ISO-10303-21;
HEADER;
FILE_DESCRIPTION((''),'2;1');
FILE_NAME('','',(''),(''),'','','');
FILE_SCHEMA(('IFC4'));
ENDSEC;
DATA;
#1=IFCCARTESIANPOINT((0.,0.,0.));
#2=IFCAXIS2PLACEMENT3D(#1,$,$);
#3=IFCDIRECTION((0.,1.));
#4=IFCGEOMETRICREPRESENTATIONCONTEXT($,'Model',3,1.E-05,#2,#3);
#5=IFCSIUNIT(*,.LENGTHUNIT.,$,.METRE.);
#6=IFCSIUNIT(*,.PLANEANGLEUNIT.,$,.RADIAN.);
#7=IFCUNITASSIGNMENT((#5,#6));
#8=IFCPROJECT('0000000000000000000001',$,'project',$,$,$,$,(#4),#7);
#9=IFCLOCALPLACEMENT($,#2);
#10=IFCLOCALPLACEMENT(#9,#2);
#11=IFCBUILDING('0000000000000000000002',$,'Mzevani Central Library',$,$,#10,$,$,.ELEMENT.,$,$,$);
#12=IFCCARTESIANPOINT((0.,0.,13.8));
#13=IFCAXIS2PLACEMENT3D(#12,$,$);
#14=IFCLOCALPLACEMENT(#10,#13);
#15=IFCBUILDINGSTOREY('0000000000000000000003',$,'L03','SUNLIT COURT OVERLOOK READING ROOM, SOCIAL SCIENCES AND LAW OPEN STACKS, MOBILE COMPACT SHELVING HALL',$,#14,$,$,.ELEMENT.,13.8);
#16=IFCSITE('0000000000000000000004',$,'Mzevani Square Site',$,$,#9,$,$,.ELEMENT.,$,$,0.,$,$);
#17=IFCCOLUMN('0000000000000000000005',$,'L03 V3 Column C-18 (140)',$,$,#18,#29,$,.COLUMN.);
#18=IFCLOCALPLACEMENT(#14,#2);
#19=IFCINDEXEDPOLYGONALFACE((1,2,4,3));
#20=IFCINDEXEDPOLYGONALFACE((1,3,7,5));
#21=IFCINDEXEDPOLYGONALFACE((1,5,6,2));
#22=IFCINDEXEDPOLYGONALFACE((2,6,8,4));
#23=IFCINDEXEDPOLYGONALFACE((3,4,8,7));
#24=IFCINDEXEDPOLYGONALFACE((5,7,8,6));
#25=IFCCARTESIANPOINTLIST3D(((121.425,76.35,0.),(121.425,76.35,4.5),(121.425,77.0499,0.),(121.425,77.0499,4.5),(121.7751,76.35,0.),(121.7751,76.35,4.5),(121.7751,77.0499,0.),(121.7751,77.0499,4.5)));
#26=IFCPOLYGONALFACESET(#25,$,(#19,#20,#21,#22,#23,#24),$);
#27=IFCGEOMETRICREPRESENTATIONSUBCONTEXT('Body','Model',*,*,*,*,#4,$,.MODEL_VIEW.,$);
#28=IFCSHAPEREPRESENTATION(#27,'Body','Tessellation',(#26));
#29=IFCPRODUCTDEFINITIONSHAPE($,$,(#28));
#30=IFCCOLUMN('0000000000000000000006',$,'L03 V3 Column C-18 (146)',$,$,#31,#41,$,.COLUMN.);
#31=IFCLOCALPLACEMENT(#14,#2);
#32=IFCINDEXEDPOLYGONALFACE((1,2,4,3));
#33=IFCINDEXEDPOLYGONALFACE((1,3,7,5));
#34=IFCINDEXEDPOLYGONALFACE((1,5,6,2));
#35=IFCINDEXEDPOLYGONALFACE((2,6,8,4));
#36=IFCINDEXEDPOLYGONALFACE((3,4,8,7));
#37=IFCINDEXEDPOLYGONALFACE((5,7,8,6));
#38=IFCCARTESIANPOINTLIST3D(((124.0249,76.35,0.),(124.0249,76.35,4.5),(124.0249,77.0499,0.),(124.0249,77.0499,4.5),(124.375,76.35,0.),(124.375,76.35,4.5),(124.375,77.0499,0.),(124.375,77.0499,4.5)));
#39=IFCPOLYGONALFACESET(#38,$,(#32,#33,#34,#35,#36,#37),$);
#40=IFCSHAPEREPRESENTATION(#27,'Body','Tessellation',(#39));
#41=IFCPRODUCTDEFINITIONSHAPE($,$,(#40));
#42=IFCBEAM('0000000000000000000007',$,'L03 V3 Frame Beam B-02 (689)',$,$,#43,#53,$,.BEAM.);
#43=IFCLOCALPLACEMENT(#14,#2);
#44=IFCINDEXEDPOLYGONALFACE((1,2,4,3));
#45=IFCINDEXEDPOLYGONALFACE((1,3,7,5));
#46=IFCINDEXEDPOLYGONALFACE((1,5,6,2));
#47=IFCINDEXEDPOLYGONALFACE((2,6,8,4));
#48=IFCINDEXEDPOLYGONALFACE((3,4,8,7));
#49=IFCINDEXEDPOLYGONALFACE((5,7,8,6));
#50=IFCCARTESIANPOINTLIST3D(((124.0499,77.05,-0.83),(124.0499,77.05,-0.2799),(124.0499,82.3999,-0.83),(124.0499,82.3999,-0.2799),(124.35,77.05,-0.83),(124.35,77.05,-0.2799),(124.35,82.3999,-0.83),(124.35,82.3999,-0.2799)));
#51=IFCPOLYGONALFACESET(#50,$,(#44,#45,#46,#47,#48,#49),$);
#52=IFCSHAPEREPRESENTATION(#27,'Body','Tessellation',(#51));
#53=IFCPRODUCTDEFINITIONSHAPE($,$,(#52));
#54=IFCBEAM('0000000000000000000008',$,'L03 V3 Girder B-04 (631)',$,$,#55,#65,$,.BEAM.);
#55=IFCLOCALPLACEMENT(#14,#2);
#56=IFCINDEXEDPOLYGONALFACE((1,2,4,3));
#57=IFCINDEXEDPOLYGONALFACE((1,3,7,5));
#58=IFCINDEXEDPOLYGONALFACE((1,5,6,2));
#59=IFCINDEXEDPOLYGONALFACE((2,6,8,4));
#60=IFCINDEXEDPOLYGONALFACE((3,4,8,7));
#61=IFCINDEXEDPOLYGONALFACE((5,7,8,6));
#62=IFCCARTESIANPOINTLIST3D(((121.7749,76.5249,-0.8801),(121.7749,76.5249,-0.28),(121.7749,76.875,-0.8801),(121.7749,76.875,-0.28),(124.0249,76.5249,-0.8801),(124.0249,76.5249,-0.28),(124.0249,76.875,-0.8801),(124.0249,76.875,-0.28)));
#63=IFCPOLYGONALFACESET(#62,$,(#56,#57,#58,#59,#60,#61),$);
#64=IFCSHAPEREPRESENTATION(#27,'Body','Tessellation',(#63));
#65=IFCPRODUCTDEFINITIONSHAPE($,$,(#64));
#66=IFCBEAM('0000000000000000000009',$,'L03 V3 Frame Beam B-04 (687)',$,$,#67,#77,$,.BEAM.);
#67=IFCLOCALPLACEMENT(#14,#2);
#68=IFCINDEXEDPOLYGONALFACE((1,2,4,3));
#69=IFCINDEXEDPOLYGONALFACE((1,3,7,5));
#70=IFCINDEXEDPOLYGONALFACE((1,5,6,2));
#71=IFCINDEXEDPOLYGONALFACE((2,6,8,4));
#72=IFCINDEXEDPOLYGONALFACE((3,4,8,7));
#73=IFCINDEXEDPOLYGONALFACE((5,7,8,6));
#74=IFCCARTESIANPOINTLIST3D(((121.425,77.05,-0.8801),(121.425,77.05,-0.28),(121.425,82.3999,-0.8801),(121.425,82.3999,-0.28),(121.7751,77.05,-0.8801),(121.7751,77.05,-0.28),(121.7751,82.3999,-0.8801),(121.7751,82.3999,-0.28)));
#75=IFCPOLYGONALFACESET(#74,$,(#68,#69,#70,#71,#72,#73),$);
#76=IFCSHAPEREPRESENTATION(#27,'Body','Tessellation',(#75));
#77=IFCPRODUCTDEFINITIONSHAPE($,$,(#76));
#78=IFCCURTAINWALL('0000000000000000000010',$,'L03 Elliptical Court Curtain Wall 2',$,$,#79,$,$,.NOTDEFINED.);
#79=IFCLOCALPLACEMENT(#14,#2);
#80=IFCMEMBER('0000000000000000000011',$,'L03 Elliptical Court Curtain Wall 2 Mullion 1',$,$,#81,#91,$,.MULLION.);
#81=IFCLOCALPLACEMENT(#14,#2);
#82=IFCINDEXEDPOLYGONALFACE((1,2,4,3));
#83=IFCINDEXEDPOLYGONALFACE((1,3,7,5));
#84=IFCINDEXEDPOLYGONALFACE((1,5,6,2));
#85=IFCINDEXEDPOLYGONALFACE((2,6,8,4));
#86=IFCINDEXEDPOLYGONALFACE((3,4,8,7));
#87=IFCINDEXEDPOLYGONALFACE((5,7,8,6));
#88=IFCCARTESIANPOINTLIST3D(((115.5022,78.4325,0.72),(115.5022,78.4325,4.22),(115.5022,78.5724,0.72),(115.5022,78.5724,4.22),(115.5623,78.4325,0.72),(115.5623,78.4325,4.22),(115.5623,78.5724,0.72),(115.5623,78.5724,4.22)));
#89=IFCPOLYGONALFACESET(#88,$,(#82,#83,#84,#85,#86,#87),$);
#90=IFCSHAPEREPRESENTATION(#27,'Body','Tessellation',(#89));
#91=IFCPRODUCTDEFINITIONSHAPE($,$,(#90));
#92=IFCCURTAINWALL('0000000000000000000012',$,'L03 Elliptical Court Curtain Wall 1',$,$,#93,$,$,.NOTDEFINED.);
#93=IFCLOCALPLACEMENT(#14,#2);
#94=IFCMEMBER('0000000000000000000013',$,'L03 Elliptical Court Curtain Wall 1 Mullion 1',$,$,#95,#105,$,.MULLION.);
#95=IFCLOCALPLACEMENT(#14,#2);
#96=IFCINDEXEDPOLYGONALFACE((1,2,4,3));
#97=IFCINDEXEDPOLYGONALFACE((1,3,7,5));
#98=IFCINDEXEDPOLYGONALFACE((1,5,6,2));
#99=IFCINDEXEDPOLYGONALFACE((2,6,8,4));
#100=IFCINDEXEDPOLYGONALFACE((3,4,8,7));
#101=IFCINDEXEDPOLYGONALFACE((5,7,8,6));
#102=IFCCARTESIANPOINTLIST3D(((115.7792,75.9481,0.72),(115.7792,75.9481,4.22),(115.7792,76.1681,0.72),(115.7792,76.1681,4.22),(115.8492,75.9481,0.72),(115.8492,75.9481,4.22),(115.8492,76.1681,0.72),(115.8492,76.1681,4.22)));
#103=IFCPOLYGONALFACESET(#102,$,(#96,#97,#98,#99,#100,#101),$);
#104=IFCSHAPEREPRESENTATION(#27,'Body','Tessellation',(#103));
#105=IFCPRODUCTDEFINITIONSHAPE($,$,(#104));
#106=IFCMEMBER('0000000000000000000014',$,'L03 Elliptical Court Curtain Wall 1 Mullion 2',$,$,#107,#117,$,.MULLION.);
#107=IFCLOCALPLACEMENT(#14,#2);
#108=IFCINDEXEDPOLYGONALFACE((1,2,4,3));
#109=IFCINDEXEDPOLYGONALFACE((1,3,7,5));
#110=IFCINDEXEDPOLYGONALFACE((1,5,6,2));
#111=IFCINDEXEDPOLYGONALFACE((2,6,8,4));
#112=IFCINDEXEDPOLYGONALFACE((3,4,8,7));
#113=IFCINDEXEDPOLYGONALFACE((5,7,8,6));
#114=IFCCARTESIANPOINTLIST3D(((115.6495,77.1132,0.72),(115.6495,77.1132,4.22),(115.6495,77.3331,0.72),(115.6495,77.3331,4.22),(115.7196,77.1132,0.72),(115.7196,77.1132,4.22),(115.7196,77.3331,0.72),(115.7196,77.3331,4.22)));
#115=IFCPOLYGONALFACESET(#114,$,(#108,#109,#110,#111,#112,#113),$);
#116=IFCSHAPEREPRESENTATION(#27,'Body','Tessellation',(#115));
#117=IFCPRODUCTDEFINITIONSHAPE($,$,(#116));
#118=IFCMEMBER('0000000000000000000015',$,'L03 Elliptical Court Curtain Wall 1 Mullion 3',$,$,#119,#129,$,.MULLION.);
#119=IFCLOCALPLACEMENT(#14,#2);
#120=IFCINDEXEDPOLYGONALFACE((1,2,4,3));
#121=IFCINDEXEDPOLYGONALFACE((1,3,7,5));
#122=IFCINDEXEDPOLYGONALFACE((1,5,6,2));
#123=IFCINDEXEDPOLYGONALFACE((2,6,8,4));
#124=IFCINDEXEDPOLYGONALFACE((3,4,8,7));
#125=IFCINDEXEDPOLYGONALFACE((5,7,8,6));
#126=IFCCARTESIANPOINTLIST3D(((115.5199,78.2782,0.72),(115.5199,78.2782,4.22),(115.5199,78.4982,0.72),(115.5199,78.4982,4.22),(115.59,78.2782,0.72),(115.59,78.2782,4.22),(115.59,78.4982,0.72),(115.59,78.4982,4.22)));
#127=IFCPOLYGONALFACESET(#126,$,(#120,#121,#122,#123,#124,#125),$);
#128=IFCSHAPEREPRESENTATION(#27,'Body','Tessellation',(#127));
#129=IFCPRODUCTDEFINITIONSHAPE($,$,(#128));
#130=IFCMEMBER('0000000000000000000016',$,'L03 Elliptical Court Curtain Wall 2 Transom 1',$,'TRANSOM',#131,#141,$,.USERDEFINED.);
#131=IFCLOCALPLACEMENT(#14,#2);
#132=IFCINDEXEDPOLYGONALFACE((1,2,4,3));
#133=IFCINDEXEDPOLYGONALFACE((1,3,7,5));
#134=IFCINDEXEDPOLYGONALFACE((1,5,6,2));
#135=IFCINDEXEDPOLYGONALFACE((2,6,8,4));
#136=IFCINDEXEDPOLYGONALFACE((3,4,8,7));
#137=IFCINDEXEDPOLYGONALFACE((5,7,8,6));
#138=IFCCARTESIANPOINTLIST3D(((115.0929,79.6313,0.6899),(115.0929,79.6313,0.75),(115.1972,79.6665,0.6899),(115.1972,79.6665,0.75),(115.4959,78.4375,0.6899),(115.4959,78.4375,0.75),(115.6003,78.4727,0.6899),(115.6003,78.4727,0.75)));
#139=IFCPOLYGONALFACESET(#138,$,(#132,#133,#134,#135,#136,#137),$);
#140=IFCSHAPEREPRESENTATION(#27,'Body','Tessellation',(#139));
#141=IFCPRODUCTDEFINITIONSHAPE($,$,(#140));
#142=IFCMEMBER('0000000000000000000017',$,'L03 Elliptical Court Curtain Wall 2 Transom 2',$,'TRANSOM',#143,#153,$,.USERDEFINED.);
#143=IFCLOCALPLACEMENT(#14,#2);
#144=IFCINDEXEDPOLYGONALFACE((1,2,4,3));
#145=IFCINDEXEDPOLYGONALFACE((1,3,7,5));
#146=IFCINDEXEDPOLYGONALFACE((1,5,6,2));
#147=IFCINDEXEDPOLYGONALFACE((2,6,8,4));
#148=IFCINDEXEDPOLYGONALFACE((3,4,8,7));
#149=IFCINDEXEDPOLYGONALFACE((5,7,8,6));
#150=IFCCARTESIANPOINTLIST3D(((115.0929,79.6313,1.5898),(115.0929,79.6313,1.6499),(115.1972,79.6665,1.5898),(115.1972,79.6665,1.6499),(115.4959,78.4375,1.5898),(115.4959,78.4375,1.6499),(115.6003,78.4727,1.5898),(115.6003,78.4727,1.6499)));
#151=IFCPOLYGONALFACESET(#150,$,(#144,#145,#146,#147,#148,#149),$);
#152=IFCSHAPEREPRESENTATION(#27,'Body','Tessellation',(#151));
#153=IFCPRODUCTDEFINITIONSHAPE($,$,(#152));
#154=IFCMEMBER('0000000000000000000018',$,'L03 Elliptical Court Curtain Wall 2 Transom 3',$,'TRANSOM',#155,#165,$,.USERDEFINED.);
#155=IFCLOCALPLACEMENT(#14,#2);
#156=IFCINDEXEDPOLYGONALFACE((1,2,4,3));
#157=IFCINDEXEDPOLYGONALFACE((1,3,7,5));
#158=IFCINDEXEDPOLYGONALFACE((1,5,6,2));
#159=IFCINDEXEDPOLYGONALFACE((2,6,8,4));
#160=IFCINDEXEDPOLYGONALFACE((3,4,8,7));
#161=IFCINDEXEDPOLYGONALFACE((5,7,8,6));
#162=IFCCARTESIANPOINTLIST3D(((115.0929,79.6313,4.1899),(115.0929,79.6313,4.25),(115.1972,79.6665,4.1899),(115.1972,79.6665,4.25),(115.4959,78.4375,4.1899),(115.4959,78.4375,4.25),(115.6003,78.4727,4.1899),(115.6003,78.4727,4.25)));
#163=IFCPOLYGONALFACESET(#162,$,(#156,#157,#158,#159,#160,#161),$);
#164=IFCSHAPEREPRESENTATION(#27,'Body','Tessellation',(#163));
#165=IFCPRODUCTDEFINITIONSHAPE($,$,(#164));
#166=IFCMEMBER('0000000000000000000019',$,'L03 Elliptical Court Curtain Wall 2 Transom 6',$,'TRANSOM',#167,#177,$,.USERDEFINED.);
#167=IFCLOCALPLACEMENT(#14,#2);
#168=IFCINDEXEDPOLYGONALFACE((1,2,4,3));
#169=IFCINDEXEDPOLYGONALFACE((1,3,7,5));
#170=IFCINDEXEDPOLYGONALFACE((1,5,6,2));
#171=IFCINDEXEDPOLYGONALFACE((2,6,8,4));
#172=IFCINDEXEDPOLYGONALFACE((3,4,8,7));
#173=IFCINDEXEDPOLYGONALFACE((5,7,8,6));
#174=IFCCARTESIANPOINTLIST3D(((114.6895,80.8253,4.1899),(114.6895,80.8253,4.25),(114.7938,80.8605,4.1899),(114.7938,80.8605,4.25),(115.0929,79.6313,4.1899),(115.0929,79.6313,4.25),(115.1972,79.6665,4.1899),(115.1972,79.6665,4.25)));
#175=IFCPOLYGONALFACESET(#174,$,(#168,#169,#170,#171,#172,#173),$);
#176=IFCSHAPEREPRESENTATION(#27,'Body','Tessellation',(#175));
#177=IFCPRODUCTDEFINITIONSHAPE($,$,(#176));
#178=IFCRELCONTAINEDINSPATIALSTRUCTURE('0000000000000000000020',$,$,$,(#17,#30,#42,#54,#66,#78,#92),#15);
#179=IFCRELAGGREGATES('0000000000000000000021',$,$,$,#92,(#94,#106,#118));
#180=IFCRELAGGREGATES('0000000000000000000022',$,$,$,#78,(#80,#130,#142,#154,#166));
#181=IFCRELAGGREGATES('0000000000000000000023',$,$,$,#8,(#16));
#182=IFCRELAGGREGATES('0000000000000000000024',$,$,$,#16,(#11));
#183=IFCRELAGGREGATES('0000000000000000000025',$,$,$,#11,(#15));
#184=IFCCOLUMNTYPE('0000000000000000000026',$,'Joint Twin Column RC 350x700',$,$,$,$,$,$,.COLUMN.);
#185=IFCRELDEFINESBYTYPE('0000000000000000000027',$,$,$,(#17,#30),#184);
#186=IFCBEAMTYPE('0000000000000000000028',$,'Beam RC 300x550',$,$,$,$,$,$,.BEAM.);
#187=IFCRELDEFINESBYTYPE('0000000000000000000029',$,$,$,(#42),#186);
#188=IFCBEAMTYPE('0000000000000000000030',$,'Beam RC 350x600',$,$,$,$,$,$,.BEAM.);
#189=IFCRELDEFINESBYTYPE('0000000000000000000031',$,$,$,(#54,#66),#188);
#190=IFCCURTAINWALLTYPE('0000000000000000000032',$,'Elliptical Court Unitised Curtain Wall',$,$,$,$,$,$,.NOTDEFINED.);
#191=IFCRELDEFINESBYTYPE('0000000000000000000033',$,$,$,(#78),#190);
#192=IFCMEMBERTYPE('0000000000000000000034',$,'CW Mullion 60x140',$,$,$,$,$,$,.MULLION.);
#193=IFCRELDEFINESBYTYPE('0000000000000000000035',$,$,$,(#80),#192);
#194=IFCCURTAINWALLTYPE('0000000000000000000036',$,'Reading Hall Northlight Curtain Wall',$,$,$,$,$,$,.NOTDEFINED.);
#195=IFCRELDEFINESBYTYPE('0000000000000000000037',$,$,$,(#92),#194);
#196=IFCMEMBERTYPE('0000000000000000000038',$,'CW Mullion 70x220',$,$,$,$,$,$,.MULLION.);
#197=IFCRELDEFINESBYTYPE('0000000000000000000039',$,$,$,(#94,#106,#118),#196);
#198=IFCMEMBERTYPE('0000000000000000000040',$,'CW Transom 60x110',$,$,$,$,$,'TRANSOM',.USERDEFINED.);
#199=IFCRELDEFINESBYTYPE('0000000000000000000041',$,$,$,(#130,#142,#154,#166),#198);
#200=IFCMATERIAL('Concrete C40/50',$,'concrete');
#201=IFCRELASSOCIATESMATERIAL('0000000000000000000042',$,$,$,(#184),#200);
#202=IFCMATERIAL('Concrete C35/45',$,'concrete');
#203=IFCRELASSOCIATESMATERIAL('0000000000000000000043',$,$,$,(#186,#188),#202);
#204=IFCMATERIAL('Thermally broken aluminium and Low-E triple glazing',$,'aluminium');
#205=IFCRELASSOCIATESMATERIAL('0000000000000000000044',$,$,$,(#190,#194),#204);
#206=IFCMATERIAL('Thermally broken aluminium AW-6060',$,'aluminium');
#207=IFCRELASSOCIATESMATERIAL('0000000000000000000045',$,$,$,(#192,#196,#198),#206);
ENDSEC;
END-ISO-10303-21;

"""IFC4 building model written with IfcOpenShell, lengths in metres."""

from ifc_helpers import new_model, si_unit, direction, frame, origin, origin_2d, place, context, subcontext, project, spatial, rectangle, extrude, material, material_profile, profile_set, type_object, element, aggregate, save


model = new_model("IFC4")

# Units and contexts
model_context = context("Model", 3, precision=1e-05, world=origin(), true_north=direction((0.0, 1.0)))
body_context = subcontext(model_context, "Body", "Model", "MODEL_VIEW")
ifc_project = project(units=[si_unit("LENGTHUNIT", "METRE"), si_unit("PLANEANGLEUNIT", "RADIAN")], contexts=[model_context])

# Site, building, storey
site_placement = place(None, origin())
site = spatial("IfcSite", under=ifc_project, at=site_placement, Name="Mzevani Square Site", CompositionType="ELEMENT", RefElevation=0.0)
building_placement = place(site_placement, origin())
building = spatial("IfcBuilding", under=site, at=building_placement, Name="Mzevani Central Library", CompositionType="ELEMENT")
storey_placement = place(building_placement, frame((0.0, 0.0, 13.8)))
storey = spatial("IfcBuildingStorey", under=building, at=storey_placement, Name="L03", Description="SUNLIT COURT OVERLOOK READING ROOM, SOCIAL SCIENCES AND LAW OPEN STACKS, MOBILE COMPACT SHELVING HALL", CompositionType="ELEMENT", Elevation=13.8)

# Columns
ifc_material_1 = material(Name="Concrete C40/50", Category="concrete")
ifc_material_profile_1 = material_profile(ifc_material_1, rectangle(XDim=0.3501, YDim=0.7, at=origin_2d()), Name="RC 350x700")
ifc_profile_set_1 = profile_set([ifc_material_profile_1], Name="Concrete C40/50")
column_type = type_object("IfcColumnType", Name="Joint Twin Column RC 350x700", PredefinedType="COLUMN", material=ifc_profile_set_1)
for number, where, z_axis, x_axis, name in (
    (1, (121.6001, 76.7, 0.0), (0.0, 0.0, 1.0), (1.0, 0.0, 0.0), "L03 V3 Column C-18 (140)"),
    (2, (124.2, 76.7, 0.0), (0.0, 0.0, 1.0), (1.0, 0.0, 0.0), "L03 V3 Column C-18 (146)"),
):
    element("IfcColumn", number, at=place(storey_placement, frame(where, z_axis=z_axis, x_axis=x_axis)), inside=storey, type_object=column_type, Name=name, PredefinedType="COLUMN", context=body_context, shape_type="SweptSolid", body=[
        extrude(rectangle(XDim=0.3501, YDim=0.7, at=origin_2d()), origin(), (0.0, 0.0, 1.0), 4.5),
    ])

# Beams
ifc_material_2 = material(Name="Concrete C35/45", Category="concrete")
ifc_material_profile_2 = material_profile(ifc_material_2, rectangle(XDim=0.3, YDim=0.55, at=origin_2d()), Name="RC B300x550")
ifc_profile_set_2 = profile_set([ifc_material_profile_2], Name="Concrete C35/45")
beam_type_1 = type_object("IfcBeamType", Name="Beam RC 300x550", PredefinedType="BEAM", material=ifc_profile_set_2)
beam_1_placement = place(storey_placement, frame((124.2, 77.05, -0.5549), z_axis=(0.0, 1.0, 0.0), x_axis=(-1.0, 0.0, 0.0)))
element("IfcBeam", 3, at=beam_1_placement, inside=storey, type_object=beam_type_1, Name="L03 V3 Frame Beam B-02 (689)", PredefinedType="BEAM", context=body_context, shape_type="SweptSolid", body=[
    extrude(rectangle(XDim=0.3, YDim=0.55, at=origin_2d()), origin(), (0.0, 0.0, 1.0), 5.3499),
])
ifc_material_profile_3 = material_profile(ifc_material_2, rectangle(XDim=0.3501, YDim=0.6001, at=origin_2d()), Name="RC B350x600")
ifc_profile_set_3 = profile_set([ifc_material_profile_3], Name="Concrete C35/45")
beam_type_2 = type_object("IfcBeamType", Name="Beam RC 350x600", PredefinedType="BEAM", material=ifc_profile_set_3)
beam_2_placement = place(storey_placement, frame((121.7749, 76.7, -0.5801), z_axis=(1.0, 0.0, 0.0), x_axis=(0.0, 1.0, 0.0)))
element("IfcBeam", 4, at=beam_2_placement, inside=storey, type_object=beam_type_2, Name="L03 V3 Girder B-04 (631)", PredefinedType="BEAM", context=body_context, shape_type="SweptSolid", body=[
    extrude(rectangle(XDim=0.3501, YDim=0.6001, at=origin_2d()), origin(), (0.0, 0.0, 1.0), 2.25),
])
beam_3_placement = place(storey_placement, frame((121.6001, 77.05, -0.5801), z_axis=(0.0, 1.0, 0.0), x_axis=(-1.0, 0.0, 0.0)))
element("IfcBeam", 5, at=beam_3_placement, inside=storey, type_object=beam_type_2, Name="L03 V3 Frame Beam B-04 (687)", PredefinedType="BEAM", context=body_context, shape_type="SweptSolid", body=[
    extrude(rectangle(XDim=0.3501, YDim=0.6001, at=origin_2d()), origin(), (0.0, 0.0, 1.0), 5.3499),
])

# Curtain wall, member
ifc_material_3 = material(Name="Thermally broken aluminium and Low-E triple glazing", Category="aluminium")
curtain_wall_type_1 = type_object("IfcCurtainWallType", Name="Elliptical Court Unitised Curtain Wall", PredefinedType="NOTDEFINED", material=ifc_material_3)
curtain_wall_1_placement = place(storey_placement, origin())
curtain_wall_1 = element("IfcCurtainWall", 6, at=curtain_wall_1_placement, inside=storey, type_object=curtain_wall_type_1, Name="L03 Elliptical Court Curtain Wall 2", PredefinedType="NOTDEFINED")
ifc_material_4 = material(Name="Thermally broken aluminium AW-6060", Category="aluminium")
ifc_material_profile_4 = material_profile(ifc_material_4, rectangle(XDim=0.0601, YDim=0.1399, at=origin_2d()), Name="ALU M60x140")
ifc_profile_set_4 = profile_set([ifc_material_profile_4], Name="Thermally broken aluminium AW-6060")
member_type_1 = type_object("IfcMemberType", Name="CW Mullion 60x140", PredefinedType="MULLION", material=ifc_profile_set_4)
member_1_placement = place(storey_placement, frame((115.5322, 78.5024, 0.72), z_axis=(0.0, 0.0, 1.0), x_axis=(1.0, 0.0, 0.0)))
member_1 = element("IfcMember", 7, at=member_1_placement, type_object=member_type_1, Name="L03 Elliptical Court Curtain Wall 2 Mullion 1", PredefinedType="MULLION", context=body_context, shape_type="SweptSolid", body=[
    extrude(rectangle(XDim=0.0601, YDim=0.1399, at=origin_2d()), origin(), (0.0, 0.0, 1.0), 3.5),
])

# Curtain wall, members
curtain_wall_type_2 = type_object("IfcCurtainWallType", Name="Reading Hall Northlight Curtain Wall", PredefinedType="NOTDEFINED", material=ifc_material_3)
curtain_wall_2_placement = place(storey_placement, origin())
curtain_wall_2 = element("IfcCurtainWall", 8, at=curtain_wall_2_placement, inside=storey, type_object=curtain_wall_type_2, Name="L03 Elliptical Court Curtain Wall 1", PredefinedType="NOTDEFINED")
ifc_material_profile_5 = material_profile(ifc_material_4, rectangle(XDim=0.0701, YDim=0.22, at=origin_2d()), Name="ALU M70x220")
ifc_profile_set_5 = profile_set([ifc_material_profile_5], Name="Thermally broken aluminium AW-6060")
member_type_2 = type_object("IfcMemberType", Name="CW Mullion 70x220", PredefinedType="MULLION", material=ifc_profile_set_5)
member_2_placement = place(storey_placement, frame((115.8142, 76.0581, 0.72), z_axis=(0.0, 0.0, 1.0), x_axis=(1.0, 0.0, 0.0)))
member_2 = element("IfcMember", 9, at=member_2_placement, type_object=member_type_2, Name="L03 Elliptical Court Curtain Wall 1 Mullion 1", PredefinedType="MULLION", context=body_context, shape_type="SweptSolid", body=[
    extrude(rectangle(XDim=0.0701, YDim=0.22, at=origin_2d()), origin(), (0.0, 0.0, 1.0), 3.5),
])
member_3_placement = place(storey_placement, frame((115.6846, 77.2231, 0.72), z_axis=(0.0, 0.0, 1.0), x_axis=(1.0, 0.0, 0.0)))
member_3 = element("IfcMember", 10, at=member_3_placement, type_object=member_type_2, Name="L03 Elliptical Court Curtain Wall 1 Mullion 2", PredefinedType="MULLION", context=body_context, shape_type="SweptSolid", body=[
    extrude(rectangle(XDim=0.0701, YDim=0.22, at=origin_2d()), origin(), (0.0, 0.0, 1.0), 3.5),
])
member_4_placement = place(storey_placement, frame((115.5549, 78.3882, 0.72), z_axis=(0.0, 0.0, 1.0), x_axis=(1.0, 0.0, 0.0)))
member_4 = element("IfcMember", 11, at=member_4_placement, type_object=member_type_2, Name="L03 Elliptical Court Curtain Wall 1 Mullion 3", PredefinedType="MULLION", context=body_context, shape_type="SweptSolid", body=[
    extrude(rectangle(XDim=0.0701, YDim=0.22, at=origin_2d()), origin(), (0.0, 0.0, 1.0), 3.5),
])

# Members
ifc_material_profile_6 = material_profile(ifc_material_4, rectangle(XDim=0.1101, YDim=0.0601, at=origin_2d()), Name="ALU T60x110")
ifc_profile_set_6 = profile_set([ifc_material_profile_6], Name="Thermally broken aluminium AW-6060")
member_type_3 = type_object("IfcMemberType", Name="CW Transom 60x110", ElementType="TRANSOM", PredefinedType="USERDEFINED", material=ifc_profile_set_6)
member_5_placement = place(storey_placement, frame((115.5481, 78.4551, 0.72), z_axis=(-0.319887, 0.947456, 0.0), x_axis=(-0.947456, -0.319887, 0.0)))
member_5 = element("IfcMember", 12, at=member_5_placement, type_object=member_type_3, Name="L03 Elliptical Court Curtain Wall 2 Transom 1", ObjectType="TRANSOM", PredefinedType="USERDEFINED", context=body_context, shape_type="SweptSolid", body=[
    extrude(rectangle(XDim=0.1101, YDim=0.0601, at=origin_2d()), origin(), (0.0, 0.0, 1.0), 1.26),
])
member_6_placement = place(storey_placement, frame((115.5481, 78.4551, 1.6199), z_axis=(-0.319887, 0.947456, 0.0), x_axis=(-0.947456, -0.319887, 0.0)))
member_6 = element("IfcMember", 13, at=member_6_placement, type_object=member_type_3, Name="L03 Elliptical Court Curtain Wall 2 Transom 2", ObjectType="TRANSOM", PredefinedType="USERDEFINED", context=body_context, shape_type="SweptSolid", body=[
    extrude(rectangle(XDim=0.1101, YDim=0.0601, at=origin_2d()), origin(), (0.0, 0.0, 1.0), 1.26),
])
member_7_placement = place(storey_placement, frame((115.5481, 78.4551, 4.22), z_axis=(-0.319887, 0.947456, 0.0), x_axis=(-0.947456, -0.319887, 0.0)))
member_7 = element("IfcMember", 14, at=member_7_placement, type_object=member_type_3, Name="L03 Elliptical Court Curtain Wall 2 Transom 3", ObjectType="TRANSOM", PredefinedType="USERDEFINED", context=body_context, shape_type="SweptSolid", body=[
    extrude(rectangle(XDim=0.1101, YDim=0.0601, at=origin_2d()), origin(), (0.0, 0.0, 1.0), 1.26),
])
member_8_placement = place(storey_placement, frame((115.145, 79.6489, 4.22), z_axis=(-0.320061, 0.947397, 0.0), x_axis=(-0.947397, -0.320061, 0.0)))
member_8 = element("IfcMember", 15, at=member_8_placement, type_object=member_type_3, Name="L03 Elliptical Court Curtain Wall 2 Transom 6", ObjectType="TRANSOM", PredefinedType="USERDEFINED", context=body_context, shape_type="SweptSolid", body=[
    extrude(rectangle(XDim=0.1101, YDim=0.0601, at=origin_2d()), origin(), (0.0, 0.0, 1.0), 1.2603),
])

aggregate(curtain_wall_2, [member_2, member_3, member_4])
aggregate(curtain_wall_1, [member_1, member_5, member_6, member_7, member_8])

save(model, "model.ifc")
